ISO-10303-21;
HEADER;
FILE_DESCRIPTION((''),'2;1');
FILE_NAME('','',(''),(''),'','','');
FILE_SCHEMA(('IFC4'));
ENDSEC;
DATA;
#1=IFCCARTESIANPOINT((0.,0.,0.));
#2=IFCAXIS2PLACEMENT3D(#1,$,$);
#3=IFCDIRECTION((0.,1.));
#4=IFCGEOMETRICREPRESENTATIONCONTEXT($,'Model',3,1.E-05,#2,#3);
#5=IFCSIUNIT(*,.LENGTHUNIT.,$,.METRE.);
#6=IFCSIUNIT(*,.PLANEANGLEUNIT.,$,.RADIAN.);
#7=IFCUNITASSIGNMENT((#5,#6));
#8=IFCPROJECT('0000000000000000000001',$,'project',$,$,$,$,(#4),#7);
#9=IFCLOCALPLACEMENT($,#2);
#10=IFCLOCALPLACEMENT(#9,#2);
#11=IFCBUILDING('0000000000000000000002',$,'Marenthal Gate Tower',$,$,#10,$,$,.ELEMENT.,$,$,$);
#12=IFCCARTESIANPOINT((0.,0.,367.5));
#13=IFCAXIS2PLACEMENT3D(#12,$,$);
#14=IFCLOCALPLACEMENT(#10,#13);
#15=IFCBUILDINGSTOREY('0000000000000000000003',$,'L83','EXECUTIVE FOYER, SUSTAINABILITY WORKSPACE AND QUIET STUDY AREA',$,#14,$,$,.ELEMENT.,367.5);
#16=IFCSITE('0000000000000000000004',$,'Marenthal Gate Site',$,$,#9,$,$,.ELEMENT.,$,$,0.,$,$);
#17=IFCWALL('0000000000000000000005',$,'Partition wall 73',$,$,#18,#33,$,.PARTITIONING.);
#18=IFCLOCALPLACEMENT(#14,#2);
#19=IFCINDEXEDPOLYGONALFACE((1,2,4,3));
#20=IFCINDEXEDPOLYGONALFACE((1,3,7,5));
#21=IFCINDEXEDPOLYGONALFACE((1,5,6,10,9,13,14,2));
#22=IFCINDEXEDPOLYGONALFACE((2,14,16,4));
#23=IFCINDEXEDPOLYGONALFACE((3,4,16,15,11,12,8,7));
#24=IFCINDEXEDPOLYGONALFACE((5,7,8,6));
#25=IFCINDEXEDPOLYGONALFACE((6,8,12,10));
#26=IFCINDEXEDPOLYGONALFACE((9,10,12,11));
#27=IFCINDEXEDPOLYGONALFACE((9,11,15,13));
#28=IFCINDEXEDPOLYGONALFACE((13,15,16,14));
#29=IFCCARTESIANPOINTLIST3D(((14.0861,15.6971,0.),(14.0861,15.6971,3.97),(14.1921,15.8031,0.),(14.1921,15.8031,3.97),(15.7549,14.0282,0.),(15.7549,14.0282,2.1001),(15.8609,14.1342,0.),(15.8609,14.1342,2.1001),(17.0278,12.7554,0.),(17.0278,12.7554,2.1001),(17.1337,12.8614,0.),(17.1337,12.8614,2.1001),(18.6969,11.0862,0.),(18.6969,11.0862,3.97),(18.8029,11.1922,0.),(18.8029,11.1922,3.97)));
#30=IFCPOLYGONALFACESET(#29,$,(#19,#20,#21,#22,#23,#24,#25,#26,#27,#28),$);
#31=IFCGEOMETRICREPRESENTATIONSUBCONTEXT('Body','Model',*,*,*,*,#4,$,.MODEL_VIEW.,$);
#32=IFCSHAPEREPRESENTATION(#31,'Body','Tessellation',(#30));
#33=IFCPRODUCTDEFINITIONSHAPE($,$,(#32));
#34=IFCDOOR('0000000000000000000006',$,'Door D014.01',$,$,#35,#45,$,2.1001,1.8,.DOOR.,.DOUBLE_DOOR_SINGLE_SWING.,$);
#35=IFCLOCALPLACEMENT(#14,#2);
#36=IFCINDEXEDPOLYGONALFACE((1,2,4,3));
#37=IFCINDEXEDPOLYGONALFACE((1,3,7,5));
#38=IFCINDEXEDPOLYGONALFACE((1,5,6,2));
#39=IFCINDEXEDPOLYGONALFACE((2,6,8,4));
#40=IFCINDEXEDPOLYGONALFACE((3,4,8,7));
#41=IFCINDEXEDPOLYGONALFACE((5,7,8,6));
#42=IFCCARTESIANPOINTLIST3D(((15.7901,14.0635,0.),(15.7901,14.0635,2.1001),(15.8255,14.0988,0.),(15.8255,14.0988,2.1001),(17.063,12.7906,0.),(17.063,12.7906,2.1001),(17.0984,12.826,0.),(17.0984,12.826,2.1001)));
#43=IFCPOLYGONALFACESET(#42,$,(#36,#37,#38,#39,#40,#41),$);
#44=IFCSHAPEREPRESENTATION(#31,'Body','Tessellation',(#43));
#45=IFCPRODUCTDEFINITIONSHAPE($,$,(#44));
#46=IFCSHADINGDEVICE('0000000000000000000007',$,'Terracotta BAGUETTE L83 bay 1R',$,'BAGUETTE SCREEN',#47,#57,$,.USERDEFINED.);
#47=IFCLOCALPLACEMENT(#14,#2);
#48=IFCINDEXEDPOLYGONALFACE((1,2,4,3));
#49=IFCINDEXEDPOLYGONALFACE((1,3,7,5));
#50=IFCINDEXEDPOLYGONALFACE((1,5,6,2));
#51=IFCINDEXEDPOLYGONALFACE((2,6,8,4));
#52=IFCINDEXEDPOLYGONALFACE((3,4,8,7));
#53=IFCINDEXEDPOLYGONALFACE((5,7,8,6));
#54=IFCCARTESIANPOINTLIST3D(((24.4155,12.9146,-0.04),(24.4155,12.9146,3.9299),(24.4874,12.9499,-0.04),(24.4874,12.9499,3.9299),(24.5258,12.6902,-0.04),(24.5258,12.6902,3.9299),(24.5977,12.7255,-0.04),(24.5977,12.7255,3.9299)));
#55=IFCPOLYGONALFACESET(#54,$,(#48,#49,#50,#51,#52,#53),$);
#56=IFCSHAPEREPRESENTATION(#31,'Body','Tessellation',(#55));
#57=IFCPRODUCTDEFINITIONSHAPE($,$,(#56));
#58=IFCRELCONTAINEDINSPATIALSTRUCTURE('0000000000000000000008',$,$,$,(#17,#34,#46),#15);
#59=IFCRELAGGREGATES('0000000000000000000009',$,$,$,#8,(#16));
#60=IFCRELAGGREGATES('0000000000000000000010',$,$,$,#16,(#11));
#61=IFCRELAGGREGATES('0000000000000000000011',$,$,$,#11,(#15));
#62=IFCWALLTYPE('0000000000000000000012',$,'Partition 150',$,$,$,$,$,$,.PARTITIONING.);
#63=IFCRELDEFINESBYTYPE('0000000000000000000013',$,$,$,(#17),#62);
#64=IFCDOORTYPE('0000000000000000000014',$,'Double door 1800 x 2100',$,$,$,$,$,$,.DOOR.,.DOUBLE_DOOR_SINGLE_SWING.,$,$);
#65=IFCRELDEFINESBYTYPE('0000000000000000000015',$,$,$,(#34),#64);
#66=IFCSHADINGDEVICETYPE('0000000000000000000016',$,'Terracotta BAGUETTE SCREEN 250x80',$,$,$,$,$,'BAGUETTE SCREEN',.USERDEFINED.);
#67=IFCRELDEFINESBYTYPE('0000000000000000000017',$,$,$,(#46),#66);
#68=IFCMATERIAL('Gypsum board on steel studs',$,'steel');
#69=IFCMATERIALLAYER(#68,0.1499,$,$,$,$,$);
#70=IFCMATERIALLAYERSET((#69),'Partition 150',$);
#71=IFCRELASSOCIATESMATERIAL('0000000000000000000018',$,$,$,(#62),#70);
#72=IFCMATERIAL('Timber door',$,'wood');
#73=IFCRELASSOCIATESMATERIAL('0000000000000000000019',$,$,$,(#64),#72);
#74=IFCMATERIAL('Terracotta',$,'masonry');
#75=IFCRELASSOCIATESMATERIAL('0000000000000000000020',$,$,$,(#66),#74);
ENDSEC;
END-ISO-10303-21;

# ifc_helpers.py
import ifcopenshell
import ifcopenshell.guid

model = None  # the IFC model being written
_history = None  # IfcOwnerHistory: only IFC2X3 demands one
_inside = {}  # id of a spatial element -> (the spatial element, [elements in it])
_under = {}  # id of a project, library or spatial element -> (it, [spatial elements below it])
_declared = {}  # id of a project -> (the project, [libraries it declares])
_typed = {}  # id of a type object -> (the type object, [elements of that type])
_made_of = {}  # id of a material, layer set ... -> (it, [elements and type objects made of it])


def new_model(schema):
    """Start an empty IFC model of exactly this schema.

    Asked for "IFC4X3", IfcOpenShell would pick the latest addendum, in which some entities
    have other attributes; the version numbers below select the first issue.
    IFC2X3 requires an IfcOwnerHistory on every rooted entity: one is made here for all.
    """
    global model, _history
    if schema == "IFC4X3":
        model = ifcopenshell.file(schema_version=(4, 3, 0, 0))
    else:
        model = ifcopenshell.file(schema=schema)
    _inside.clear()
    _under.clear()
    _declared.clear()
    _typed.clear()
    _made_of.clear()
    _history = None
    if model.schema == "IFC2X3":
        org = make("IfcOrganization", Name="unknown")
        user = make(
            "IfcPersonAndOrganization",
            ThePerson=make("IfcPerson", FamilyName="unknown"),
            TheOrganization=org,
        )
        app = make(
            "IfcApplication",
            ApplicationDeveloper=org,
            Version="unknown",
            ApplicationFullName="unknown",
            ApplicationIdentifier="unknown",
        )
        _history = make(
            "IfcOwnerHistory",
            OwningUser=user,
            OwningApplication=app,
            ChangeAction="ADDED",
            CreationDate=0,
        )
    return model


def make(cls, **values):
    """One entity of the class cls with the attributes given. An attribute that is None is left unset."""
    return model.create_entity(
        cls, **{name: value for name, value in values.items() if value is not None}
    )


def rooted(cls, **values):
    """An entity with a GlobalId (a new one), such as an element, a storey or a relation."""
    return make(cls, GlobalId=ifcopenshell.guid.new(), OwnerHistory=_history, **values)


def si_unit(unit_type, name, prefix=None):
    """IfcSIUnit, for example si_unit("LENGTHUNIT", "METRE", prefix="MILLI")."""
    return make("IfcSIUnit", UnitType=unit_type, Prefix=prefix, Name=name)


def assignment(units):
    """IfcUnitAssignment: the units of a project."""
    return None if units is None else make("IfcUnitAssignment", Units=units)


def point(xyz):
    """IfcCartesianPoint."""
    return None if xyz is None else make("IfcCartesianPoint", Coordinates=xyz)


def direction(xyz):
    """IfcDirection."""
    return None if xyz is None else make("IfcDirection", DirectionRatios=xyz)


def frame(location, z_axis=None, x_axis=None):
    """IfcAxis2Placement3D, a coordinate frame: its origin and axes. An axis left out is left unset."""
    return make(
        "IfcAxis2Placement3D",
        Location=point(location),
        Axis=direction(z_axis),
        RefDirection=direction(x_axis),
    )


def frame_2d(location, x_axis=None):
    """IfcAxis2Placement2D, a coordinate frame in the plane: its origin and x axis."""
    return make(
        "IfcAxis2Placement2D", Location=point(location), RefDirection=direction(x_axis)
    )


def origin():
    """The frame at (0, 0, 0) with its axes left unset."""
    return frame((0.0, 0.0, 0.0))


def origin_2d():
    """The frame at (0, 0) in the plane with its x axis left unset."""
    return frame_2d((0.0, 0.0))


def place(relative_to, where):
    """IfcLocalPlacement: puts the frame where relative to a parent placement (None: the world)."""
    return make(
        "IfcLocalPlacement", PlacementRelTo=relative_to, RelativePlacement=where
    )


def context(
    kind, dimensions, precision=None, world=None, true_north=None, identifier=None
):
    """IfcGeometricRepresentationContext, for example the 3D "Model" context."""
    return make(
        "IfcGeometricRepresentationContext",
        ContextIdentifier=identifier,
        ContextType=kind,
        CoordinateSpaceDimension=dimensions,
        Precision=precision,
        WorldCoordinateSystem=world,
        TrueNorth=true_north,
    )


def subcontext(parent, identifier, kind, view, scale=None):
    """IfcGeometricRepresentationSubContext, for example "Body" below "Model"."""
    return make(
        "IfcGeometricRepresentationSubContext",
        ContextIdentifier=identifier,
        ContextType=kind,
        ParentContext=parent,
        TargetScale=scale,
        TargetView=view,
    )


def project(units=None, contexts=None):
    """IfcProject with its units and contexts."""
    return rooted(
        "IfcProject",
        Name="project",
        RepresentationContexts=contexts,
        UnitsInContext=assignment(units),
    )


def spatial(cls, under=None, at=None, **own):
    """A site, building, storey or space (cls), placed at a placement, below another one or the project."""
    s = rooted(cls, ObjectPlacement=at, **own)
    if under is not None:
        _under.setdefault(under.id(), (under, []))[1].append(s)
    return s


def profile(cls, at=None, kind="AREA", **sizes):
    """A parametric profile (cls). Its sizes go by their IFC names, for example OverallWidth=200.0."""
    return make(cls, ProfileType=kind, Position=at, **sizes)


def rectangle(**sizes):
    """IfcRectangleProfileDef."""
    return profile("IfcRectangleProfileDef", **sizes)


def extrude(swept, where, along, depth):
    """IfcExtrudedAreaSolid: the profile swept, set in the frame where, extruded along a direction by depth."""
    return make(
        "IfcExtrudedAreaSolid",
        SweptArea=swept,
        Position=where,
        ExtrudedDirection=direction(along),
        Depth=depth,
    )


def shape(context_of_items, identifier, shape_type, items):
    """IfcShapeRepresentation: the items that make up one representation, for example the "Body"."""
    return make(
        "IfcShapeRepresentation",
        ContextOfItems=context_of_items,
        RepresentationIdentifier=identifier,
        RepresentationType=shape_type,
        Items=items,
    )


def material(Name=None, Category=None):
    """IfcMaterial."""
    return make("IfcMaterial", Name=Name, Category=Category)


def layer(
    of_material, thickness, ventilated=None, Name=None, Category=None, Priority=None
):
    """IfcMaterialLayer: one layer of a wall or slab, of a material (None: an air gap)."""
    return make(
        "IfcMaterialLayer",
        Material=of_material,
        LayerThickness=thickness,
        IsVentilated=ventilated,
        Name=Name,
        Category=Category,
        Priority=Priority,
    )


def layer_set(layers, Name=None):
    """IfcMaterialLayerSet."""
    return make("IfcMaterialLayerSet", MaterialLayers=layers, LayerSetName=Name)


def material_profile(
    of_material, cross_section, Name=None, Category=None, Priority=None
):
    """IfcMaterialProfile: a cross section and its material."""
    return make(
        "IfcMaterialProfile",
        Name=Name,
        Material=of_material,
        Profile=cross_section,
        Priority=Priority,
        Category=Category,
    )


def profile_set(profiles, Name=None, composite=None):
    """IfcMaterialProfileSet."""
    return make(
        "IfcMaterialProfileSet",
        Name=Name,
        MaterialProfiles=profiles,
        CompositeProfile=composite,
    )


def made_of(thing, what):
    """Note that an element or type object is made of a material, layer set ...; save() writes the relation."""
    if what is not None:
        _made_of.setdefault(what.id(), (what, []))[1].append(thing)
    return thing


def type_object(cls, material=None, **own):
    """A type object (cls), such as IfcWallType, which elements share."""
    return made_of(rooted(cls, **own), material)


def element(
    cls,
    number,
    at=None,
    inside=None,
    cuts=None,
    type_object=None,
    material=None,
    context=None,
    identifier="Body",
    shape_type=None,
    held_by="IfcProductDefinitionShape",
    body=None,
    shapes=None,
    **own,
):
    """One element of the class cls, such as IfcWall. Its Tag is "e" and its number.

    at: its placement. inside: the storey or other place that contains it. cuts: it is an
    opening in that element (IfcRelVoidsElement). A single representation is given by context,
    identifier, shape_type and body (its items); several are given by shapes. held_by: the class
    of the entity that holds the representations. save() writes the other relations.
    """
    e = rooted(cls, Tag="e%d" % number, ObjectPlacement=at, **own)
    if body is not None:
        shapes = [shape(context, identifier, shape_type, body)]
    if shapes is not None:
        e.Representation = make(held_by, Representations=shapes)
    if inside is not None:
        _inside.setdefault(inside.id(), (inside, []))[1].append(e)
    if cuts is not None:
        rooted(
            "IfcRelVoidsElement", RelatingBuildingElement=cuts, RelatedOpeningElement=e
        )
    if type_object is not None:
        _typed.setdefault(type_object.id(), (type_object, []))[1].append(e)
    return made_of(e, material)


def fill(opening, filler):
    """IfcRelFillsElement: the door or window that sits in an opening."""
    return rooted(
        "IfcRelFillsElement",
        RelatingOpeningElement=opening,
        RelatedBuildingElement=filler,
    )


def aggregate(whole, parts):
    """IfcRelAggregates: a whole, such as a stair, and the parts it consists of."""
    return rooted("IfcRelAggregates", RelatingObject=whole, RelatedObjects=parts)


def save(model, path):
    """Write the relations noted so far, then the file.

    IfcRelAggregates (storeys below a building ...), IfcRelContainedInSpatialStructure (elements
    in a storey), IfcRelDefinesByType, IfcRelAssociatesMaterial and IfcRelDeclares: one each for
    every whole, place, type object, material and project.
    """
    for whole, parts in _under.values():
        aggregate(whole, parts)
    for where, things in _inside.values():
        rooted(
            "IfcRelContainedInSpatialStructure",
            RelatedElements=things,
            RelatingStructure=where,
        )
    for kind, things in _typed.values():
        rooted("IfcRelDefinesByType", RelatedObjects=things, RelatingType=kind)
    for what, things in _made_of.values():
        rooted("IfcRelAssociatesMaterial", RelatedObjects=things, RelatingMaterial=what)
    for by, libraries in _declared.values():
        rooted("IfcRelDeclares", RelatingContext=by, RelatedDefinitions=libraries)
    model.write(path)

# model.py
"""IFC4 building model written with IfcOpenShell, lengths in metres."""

from ifc_helpers import new_model, si_unit, direction, frame, frame_2d, origin, origin_2d, place, context, subcontext, project, spatial, rectangle, extrude, material, layer, layer_set, material_profile, profile_set, type_object, element, fill, save


model = new_model("IFC4")

# Units and contexts
model_context = context("Model", 3, precision=1e-05, world=origin(), true_north=direction((0.0, 1.0)))
body_context = subcontext(model_context, "Body", "Model", "MODEL_VIEW")
ifc_project = project(units=[si_unit("LENGTHUNIT", "METRE"), si_unit("PLANEANGLEUNIT", "RADIAN")], contexts=[model_context])

# Site, building, storey
site_placement = place(None, origin())
site = spatial("IfcSite", under=ifc_project, at=site_placement, Name="Marenthal Gate Site", CompositionType="ELEMENT", RefElevation=0.0)
building_placement = place(site_placement, origin())
building = spatial("IfcBuilding", under=site, at=building_placement, Name="Marenthal Gate Tower", CompositionType="ELEMENT")
storey_placement = place(building_placement, frame((0.0, 0.0, 367.5)))
storey = spatial("IfcBuildingStorey", under=building, at=storey_placement, Name="L83", Description="EXECUTIVE FOYER, SUSTAINABILITY WORKSPACE AND QUIET STUDY AREA", CompositionType="ELEMENT", Elevation=367.5)

# Wall, opening, door
ifc_material_1 = material(Name="Gypsum board on steel studs", Category="steel")
ifc_layer_1 = layer(ifc_material_1, 0.1499)
ifc_layer_set_1 = layer_set([ifc_layer_1], Name="Partition 150")
wall_type_1 = type_object("IfcWallType", Name="Partition 150", PredefinedType="PARTITIONING", material=ifc_layer_set_1)
wall_1_placement = place(storey_placement, frame((14.1392, 15.75, 0.0), z_axis=(0.0, 0.0, 1.0), x_axis=(0.707107, -0.707107, 0.0)))
wall_1 = element("IfcWall", 1, at=wall_1_placement, inside=storey, type_object=wall_type_1, Name="Partition wall 73", PredefinedType="PARTITIONING", context=body_context, shape_type="SweptSolid", body=[
    extrude(rectangle(XDim=6.5208, YDim=0.1499, at=frame_2d((3.2603, 0.0))), origin(), (0.0, 0.0, 1.0), 3.97),
])
opening_1_placement = place(wall_1_placement, frame((2.3601, 0.0, 0.0)))
opening_1 = element("IfcOpeningElement", 2, at=opening_1_placement, cuts=wall_1, PredefinedType="OPENING", context=body_context, shape_type="SweptSolid", body=[
    extrude(rectangle(XDim=1.8, YDim=2.1001, at=frame_2d((0.8999, 1.05))), frame((0.0, 0.085, 0.0), z_axis=(0.0, -1.0, 0.0), x_axis=(1.0, 0.0, 0.0)), (0.0, 0.0, 1.0), 0.1699),
])
ifc_material_2 = material(Name="Timber door", Category="wood")
door_type_1 = type_object("IfcDoorType", Name="Double door 1800 x 2100", OperationType="DOUBLE_DOOR_SINGLE_SWING", PredefinedType="DOOR", material=ifc_material_2)
door_1_placement = place(opening_1_placement, origin())
door_1 = element("IfcDoor", 3, at=door_1_placement, inside=storey, type_object=door_type_1, Name="Door D014.01", OperationType="DOUBLE_DOOR_SINGLE_SWING", OverallHeight=2.1001, OverallWidth=1.8, PredefinedType="DOOR", context=body_context, shape_type="SweptSolid", body=[
    extrude(rectangle(XDim=1.8, YDim=2.1001, at=frame_2d((0.8999, 1.05))), frame((0.0, 0.0249, 0.0), z_axis=(0.0, -1.0, 0.0), x_axis=(1.0, 0.0, 0.0)), (0.0, 0.0, 1.0), 0.05),
])
fill(opening_1, door_1)

# Shading device
ifc_material_3 = material(Name="Terracotta", Category="masonry")
ifc_material_profile_1 = material_profile(ifc_material_3, rectangle(XDim=0.25, YDim=0.0801, at=origin_2d()), Name="Terracotta baguette 250x80")
ifc_profile_set_1 = profile_set([ifc_material_profile_1], Name="Terracotta")
shading_device_type = type_object("IfcShadingDeviceType", Name="Terracotta BAGUETTE SCREEN 250x80", ElementType="BAGUETTE SCREEN", PredefinedType="USERDEFINED", material=ifc_profile_set_1)
shading_device_placement = place(storey_placement, frame((24.5066, 12.8201, -0.04), z_axis=(0.0, 0.0, 1.0), x_axis=(-0.441063, 0.897476, 0.0)))
element("IfcShadingDevice", 4, at=shading_device_placement, inside=storey, type_object=shading_device_type, Name="Terracotta BAGUETTE L83 bay 1R", ObjectType="BAGUETTE SCREEN", PredefinedType="USERDEFINED", context=body_context, shape_type="SweptSolid", body=[
    extrude(rectangle(XDim=0.25, YDim=0.0801, at=origin_2d()), origin(), (0.0, 0.0, 1.0), 3.97),
])

save(model, "model.ifc")
